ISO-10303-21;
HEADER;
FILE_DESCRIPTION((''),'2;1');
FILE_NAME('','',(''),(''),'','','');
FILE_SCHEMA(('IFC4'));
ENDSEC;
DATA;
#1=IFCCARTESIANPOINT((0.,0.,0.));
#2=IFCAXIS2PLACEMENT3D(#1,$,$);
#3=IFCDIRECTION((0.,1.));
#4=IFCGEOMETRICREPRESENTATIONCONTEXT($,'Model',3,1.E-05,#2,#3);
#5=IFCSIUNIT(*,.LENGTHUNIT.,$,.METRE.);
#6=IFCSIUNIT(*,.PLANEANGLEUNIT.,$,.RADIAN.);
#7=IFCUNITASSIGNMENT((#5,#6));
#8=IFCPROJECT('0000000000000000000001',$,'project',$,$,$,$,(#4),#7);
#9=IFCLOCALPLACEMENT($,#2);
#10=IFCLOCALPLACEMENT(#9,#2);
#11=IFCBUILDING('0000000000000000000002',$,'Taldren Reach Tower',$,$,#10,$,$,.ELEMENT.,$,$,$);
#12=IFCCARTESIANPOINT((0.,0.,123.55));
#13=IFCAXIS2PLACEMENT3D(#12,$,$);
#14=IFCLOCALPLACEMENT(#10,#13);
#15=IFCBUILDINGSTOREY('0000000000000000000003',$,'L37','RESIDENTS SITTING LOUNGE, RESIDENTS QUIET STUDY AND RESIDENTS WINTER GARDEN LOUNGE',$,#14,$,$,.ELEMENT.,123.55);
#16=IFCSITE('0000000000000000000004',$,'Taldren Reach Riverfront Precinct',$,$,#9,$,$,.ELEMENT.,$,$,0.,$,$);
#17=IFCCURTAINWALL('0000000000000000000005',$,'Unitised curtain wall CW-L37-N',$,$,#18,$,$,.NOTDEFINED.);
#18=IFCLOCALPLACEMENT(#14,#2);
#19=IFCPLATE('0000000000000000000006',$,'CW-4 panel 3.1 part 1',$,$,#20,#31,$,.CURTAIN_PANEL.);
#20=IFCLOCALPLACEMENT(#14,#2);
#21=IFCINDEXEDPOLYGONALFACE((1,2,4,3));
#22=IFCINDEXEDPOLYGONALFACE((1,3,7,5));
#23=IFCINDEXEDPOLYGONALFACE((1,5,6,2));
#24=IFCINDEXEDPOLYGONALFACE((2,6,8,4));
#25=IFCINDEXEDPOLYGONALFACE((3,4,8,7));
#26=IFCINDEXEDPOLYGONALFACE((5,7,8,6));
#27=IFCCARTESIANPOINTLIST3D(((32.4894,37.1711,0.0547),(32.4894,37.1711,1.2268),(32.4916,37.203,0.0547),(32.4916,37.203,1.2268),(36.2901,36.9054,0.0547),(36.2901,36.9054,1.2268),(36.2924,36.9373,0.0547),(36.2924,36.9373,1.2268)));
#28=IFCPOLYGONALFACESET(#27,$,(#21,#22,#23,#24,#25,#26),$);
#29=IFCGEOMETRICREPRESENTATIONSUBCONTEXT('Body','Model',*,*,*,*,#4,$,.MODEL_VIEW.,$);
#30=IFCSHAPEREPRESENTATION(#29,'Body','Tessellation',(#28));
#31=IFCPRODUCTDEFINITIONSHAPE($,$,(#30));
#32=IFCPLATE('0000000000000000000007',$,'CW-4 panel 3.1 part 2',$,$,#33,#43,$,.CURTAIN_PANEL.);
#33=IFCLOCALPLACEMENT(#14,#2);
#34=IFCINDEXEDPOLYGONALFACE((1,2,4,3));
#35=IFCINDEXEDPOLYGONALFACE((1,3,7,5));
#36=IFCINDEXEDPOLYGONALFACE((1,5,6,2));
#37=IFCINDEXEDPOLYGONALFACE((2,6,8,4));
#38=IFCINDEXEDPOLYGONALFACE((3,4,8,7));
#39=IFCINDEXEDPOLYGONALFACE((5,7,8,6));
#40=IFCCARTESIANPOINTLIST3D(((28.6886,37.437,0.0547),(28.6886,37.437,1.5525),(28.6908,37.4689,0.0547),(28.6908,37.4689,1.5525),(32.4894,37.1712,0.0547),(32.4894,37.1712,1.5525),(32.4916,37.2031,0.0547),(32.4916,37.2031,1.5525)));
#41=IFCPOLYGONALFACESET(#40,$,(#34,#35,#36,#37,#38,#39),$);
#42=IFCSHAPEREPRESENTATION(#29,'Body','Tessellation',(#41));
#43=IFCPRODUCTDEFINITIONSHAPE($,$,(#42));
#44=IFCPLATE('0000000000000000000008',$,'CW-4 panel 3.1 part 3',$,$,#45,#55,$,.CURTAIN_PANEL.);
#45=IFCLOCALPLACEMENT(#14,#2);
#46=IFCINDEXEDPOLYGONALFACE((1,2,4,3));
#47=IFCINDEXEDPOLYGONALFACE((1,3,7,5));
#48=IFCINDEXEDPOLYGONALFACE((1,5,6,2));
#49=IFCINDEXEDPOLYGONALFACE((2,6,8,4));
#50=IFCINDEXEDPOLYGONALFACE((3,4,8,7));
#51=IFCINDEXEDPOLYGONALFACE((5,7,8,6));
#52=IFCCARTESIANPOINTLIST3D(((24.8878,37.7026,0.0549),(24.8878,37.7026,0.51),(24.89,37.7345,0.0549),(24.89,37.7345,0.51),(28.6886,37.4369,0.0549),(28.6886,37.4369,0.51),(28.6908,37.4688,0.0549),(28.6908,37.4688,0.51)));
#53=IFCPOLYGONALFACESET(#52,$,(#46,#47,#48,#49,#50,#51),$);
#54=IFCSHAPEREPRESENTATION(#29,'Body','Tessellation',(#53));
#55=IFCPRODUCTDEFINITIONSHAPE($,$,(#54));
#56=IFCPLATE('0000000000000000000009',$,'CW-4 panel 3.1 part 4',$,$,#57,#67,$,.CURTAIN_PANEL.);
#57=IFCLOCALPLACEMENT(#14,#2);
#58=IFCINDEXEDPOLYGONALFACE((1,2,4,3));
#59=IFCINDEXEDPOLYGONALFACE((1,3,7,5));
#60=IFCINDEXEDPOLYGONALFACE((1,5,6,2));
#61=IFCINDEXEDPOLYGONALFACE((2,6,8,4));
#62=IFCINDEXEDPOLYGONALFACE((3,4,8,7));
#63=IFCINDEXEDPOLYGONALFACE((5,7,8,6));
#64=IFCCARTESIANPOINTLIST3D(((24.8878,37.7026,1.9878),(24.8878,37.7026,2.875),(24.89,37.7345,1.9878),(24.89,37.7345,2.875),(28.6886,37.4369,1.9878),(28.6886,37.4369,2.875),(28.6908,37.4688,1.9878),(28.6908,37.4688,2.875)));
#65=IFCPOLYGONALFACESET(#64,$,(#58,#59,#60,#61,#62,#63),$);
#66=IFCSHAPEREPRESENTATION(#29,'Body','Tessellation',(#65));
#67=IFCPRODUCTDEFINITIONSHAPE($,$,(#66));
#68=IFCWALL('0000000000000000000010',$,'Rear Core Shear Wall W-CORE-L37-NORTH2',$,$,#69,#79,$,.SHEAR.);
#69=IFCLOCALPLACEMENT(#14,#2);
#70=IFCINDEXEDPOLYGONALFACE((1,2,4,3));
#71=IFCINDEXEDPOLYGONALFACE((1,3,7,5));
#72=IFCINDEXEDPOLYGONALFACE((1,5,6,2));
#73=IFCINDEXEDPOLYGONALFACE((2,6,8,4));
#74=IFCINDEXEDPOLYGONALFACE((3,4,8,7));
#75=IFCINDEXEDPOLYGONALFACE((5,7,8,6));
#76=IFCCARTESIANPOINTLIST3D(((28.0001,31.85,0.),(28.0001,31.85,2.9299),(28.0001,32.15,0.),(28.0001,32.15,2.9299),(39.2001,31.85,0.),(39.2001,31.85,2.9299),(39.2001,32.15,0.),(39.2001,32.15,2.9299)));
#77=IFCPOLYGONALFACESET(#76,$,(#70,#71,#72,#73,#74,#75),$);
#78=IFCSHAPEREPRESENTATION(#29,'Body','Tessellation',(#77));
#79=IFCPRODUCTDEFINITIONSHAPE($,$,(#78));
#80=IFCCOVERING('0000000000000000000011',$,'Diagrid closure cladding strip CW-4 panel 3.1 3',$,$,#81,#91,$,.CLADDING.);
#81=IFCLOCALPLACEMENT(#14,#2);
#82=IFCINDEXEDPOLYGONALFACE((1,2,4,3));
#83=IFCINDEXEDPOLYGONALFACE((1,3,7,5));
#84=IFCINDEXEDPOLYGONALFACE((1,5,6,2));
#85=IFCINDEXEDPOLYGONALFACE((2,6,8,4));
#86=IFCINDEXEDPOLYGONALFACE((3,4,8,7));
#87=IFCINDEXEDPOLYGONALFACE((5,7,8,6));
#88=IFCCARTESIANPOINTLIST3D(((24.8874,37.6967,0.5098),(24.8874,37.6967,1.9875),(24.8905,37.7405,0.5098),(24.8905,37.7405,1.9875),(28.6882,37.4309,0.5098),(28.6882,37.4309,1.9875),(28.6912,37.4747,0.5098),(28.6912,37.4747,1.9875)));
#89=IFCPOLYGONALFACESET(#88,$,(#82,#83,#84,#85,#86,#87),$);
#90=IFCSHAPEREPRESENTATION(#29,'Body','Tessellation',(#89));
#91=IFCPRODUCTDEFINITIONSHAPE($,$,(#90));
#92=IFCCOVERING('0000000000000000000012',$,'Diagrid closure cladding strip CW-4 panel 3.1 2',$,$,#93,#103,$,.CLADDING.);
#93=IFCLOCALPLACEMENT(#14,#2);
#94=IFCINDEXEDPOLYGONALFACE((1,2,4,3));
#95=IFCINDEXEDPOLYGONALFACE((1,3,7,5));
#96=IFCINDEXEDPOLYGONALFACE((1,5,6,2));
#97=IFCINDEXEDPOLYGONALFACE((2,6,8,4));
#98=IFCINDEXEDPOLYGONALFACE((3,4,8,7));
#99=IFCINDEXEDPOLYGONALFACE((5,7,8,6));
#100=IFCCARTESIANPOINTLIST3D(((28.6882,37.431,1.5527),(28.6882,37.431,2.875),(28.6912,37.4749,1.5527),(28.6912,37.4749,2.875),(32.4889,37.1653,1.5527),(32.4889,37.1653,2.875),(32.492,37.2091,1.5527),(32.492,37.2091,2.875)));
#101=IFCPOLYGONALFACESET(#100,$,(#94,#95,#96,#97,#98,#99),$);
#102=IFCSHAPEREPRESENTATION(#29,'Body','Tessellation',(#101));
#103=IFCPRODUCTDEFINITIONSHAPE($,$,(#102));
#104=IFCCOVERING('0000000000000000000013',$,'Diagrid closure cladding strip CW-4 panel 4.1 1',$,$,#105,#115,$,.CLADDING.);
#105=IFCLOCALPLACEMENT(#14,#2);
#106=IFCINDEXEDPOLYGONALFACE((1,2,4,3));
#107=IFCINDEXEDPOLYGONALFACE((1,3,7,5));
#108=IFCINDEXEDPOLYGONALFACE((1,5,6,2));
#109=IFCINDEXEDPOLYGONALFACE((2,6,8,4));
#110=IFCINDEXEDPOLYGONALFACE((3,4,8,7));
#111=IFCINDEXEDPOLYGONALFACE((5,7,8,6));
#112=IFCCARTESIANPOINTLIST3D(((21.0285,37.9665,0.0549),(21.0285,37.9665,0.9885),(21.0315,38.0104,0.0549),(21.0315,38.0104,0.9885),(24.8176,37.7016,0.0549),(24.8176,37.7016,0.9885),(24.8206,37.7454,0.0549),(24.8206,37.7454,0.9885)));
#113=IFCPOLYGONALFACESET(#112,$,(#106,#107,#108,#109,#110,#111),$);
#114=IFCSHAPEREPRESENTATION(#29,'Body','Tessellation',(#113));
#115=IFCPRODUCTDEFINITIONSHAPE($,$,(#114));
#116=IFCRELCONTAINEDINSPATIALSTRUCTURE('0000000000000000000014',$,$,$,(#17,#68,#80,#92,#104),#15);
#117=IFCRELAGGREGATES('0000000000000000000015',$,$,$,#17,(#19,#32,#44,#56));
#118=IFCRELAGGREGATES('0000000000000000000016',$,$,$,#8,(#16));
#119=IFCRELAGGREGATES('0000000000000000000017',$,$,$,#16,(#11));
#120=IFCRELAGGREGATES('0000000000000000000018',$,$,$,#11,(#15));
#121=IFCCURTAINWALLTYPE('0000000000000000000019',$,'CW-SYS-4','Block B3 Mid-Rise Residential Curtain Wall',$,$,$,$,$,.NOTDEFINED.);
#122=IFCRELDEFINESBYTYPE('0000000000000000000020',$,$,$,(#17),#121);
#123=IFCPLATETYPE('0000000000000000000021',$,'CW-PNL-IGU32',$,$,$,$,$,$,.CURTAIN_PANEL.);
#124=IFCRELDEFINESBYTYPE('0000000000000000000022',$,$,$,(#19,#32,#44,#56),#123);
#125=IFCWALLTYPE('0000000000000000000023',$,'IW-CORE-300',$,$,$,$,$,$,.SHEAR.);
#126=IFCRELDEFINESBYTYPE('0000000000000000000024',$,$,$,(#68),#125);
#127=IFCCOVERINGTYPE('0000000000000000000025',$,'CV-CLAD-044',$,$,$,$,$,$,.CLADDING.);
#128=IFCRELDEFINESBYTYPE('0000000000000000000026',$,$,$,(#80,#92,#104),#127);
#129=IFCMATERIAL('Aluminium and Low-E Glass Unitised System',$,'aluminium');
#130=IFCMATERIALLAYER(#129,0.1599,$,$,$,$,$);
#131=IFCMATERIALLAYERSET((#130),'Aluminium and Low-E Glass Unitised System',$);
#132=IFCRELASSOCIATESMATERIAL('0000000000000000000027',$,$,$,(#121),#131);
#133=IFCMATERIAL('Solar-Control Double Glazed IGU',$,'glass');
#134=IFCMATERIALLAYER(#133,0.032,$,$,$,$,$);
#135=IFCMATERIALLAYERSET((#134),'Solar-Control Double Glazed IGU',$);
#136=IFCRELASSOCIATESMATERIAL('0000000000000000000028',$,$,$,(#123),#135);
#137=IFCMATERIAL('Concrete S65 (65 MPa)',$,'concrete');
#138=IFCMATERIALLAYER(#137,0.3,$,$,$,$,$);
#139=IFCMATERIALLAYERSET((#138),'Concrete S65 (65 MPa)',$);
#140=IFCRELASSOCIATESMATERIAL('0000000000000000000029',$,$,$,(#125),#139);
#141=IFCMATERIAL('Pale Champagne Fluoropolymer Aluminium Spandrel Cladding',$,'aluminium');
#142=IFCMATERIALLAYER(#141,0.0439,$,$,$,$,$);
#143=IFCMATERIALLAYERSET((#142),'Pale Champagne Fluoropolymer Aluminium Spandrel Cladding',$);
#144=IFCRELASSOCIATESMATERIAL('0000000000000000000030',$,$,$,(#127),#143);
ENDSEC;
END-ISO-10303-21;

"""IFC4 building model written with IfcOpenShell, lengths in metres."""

from ifc_helpers import new_model, si_unit, direction, frame, frame_2d, origin, origin_2d, place, context, subcontext, project, spatial, rectangle, extrude, source, transform, mapped, material, layer, layer_set, type_object, element, aggregate, save


model = new_model("IFC4")

# Units and contexts
model_context = context("Model", 3, precision=1e-05, world=origin(), true_north=direction((0.0, 1.0)))
body_context = subcontext(model_context, "Body", "Model", "MODEL_VIEW")
ifc_project = project(units=[si_unit("LENGTHUNIT", "METRE"), si_unit("PLANEANGLEUNIT", "RADIAN")], contexts=[model_context])

# Site, building, storey
site_placement = place(None, origin())
site = spatial("IfcSite", under=ifc_project, at=site_placement, Name="Taldren Reach Riverfront Precinct", CompositionType="ELEMENT", RefElevation=0.0)
building_placement = place(site_placement, origin())
building = spatial("IfcBuilding", under=site, at=building_placement, Name="Taldren Reach Tower", CompositionType="ELEMENT")
storey_placement = place(building_placement, frame((0.0, 0.0, 123.55)))
storey = spatial("IfcBuildingStorey", under=building, at=storey_placement, Name="L37", Description="RESIDENTS SITTING LOUNGE, RESIDENTS QUIET STUDY AND RESIDENTS WINTER GARDEN LOUNGE", CompositionType="ELEMENT", Elevation=123.55)

# Curtain wall
ifc_material_1 = material(Name="Aluminium and Low-E Glass Unitised System", Category="aluminium")
ifc_layer_1 = layer(ifc_material_1, 0.1599)
ifc_layer_set_1 = layer_set([ifc_layer_1], Name="Aluminium and Low-E Glass Unitised System")
curtain_wall_type = type_object("IfcCurtainWallType", Name="CW-SYS-4", Description="Block B3 Mid-Rise Residential Curtain Wall", PredefinedType="NOTDEFINED", material=ifc_layer_set_1)
curtain_wall_placement = place(storey_placement, origin())
curtain_wall = element("IfcCurtainWall", 1, at=curtain_wall_placement, inside=storey, type_object=curtain_wall_type, Name="Unitised curtain wall CW-L37-N", PredefinedType="NOTDEFINED")

# Plates
ifc_material_2 = material(Name="Solar-Control Double Glazed IGU", Category="glass")
ifc_layer_2 = layer(ifc_material_2, 0.032)
ifc_layer_set_2 = layer_set([ifc_layer_2], Name="Solar-Control Double Glazed IGU")
plate_type_1 = type_object("IfcPlateType", Name="CW-PNL-IGU32", PredefinedType="CURTAIN_PANEL", material=ifc_layer_set_2)
shared_shape_1 = source(origin(), body_context, "Body", "SweptSolid", [
    extrude(rectangle(XDim=3.8101, YDim=0.032, at=origin_2d()), origin(), (0.0, 0.0, 1.0), 1.1721),
])
plate_1_placement = place(storey_placement, frame((34.3909, 37.0542, 0.0547), z_axis=(0.0, 0.0, 1.0), x_axis=(-0.997564, 0.069757, 0.0)))
plate_1 = element("IfcPlate", 2, at=plate_1_placement, type_object=plate_type_1, Name="CW-4 panel 3.1 part 1", PredefinedType="CURTAIN_PANEL", context=body_context, shape_type="MappedRepresentation", body=[
    mapped(shared_shape_1, transform((0.0, 0.0, 0.0), scale=1.0)),
])
shared_shape_2 = source(origin(), body_context, "Body", "SweptSolid", [
    extrude(rectangle(XDim=3.8101, YDim=0.032, at=origin_2d()), origin(), (0.0, 0.0, 1.0), 1.4978),
])
plate_2_placement = place(storey_placement, frame((30.5901, 37.3201, 0.0547), z_axis=(0.0, 0.0, 1.0), x_axis=(-0.997564, 0.069757, 0.0)))
plate_2 = element("IfcPlate", 3, at=plate_2_placement, type_object=plate_type_1, Name="CW-4 panel 3.1 part 2", PredefinedType="CURTAIN_PANEL", context=body_context, shape_type="MappedRepresentation", body=[
    mapped(shared_shape_2, transform((0.0, 0.0, 0.0), scale=1.0)),
])
shared_shape_3 = source(origin(), body_context, "Body", "SweptSolid", [
    extrude(rectangle(XDim=3.8101, YDim=0.032, at=origin_2d()), origin(), (0.0, 0.0, 1.0), 0.4551),
])
plate_3_placement = place(storey_placement, frame((26.7893, 37.5857, 0.0549), z_axis=(0.0, 0.0, 1.0), x_axis=(-0.997564, 0.069757, 0.0)))
plate_3 = element("IfcPlate", 4, at=plate_3_placement, type_object=plate_type_1, Name="CW-4 panel 3.1 part 3", PredefinedType="CURTAIN_PANEL", context=body_context, shape_type="MappedRepresentation", body=[
    mapped(shared_shape_3, transform((0.0, 0.0, 0.0), scale=1.0)),
])
shared_shape_4 = source(origin(), body_context, "Body", "SweptSolid", [
    extrude(rectangle(XDim=3.8101, YDim=0.032, at=origin_2d()), origin(), (0.0, 0.0, 1.0), 0.8872),
])
plate_4_placement = place(storey_placement, frame((26.7893, 37.5857, 1.9878), z_axis=(0.0, 0.0, 1.0), x_axis=(-0.997564, 0.069757, 0.0)))
plate_4 = element("IfcPlate", 5, at=plate_4_placement, type_object=plate_type_1, Name="CW-4 panel 3.1 part 4", PredefinedType="CURTAIN_PANEL", context=body_context, shape_type="MappedRepresentation", body=[
    mapped(shared_shape_4, transform((0.0, 0.0, 0.0), scale=1.0)),
])
aggregate(curtain_wall, [plate_1, plate_2, plate_3, plate_4])

# Wall
ifc_material_3 = material(Name="Concrete S65 (65 MPa)", Category="concrete")
ifc_layer_3 = layer(ifc_material_3, 0.3)
ifc_layer_set_3 = layer_set([ifc_layer_3], Name="Concrete S65 (65 MPa)")
wall_type = type_object("IfcWallType", Name="IW-CORE-300", PredefinedType="SHEAR", material=ifc_layer_set_3)
shared_shape_5 = source(origin(), body_context, "Body", "SweptSolid", [
    extrude(rectangle(XDim=11.2, YDim=0.3, at=frame_2d((5.6001, 0.0))), origin(), (0.0, 0.0, 1.0), 2.9299),
])
wall_placement = place(storey_placement, frame((28.0, 32.0, 0.0), z_axis=(0.0, 0.0, 1.0), x_axis=(1.0, 0.0, 0.0)))
element("IfcWall", 6, at=wall_placement, inside=storey, type_object=wall_type, Name="Rear Core Shear Wall W-CORE-L37-NORTH2", PredefinedType="SHEAR", context=body_context, shape_type="MappedRepresentation", body=[
    mapped(shared_shape_5, transform((0.0, 0.0, 0.0), scale=1.0)),
])

# Coverings
ifc_material_4 = material(Name="Pale Champagne Fluoropolymer Aluminium Spandrel Cladding", Category="aluminium")
ifc_layer_4 = layer(ifc_material_4, 0.0439)
ifc_layer_set_4 = layer_set([ifc_layer_4], Name="Pale Champagne Fluoropolymer Aluminium Spandrel Cladding")
covering_type = type_object("IfcCoveringType", Name="CV-CLAD-044", PredefinedType="CLADDING", material=ifc_layer_set_4)
shared_shape_6 = source(origin(), body_context, "Body", "SweptSolid", [
    extrude(rectangle(XDim=3.8101, YDim=0.0439, at=origin_2d()), origin(), (0.0, 0.0, 1.0), 1.4778),
])
covering_1_placement = place(storey_placement, frame((26.7893, 37.5857, 0.5098), z_axis=(0.0, 0.0, 1.0), x_axis=(-0.997564, 0.069757, 0.0)))
element("IfcCovering", 7, at=covering_1_placement, inside=storey, type_object=covering_type, Name="Diagrid closure cladding strip CW-4 panel 3.1 3", PredefinedType="CLADDING", context=body_context, shape_type="MappedRepresentation", body=[
    mapped(shared_shape_6, transform((0.0, 0.0, 0.0), scale=1.0)),
])
shared_shape_7 = source(origin(), body_context, "Body", "SweptSolid", [
    extrude(rectangle(XDim=3.8101, YDim=0.0439, at=origin_2d()), origin(), (0.0, 0.0, 1.0), 1.3223),
])
covering_2_placement = place(storey_placement, frame((30.5901, 37.3201, 1.5527), z_axis=(0.0, 0.0, 1.0), x_axis=(-0.997564, 0.069757, 0.0)))
element("IfcCovering", 8, at=covering_2_placement, inside=storey, type_object=covering_type, Name="Diagrid closure cladding strip CW-4 panel 3.1 2", PredefinedType="CLADDING", context=body_context, shape_type="MappedRepresentation", body=[
    mapped(shared_shape_7, transform((0.0, 0.0, 0.0), scale=1.0)),
])
shared_shape_8 = source(origin(), body_context, "Body", "SweptSolid", [
    extrude(rectangle(XDim=3.7983, YDim=0.0439, at=origin_2d()), origin(), (0.0, 0.0, 1.0), 0.9336),
])
covering_3_placement = place(storey_placement, frame((22.9246, 37.856, 0.0549), z_axis=(0.0, 0.0, 1.0), x_axis=(-0.997564, 0.069757, 0.0)))
element("IfcCovering", 9, at=covering_3_placement, inside=storey, type_object=covering_type, Name="Diagrid closure cladding strip CW-4 panel 4.1 1", PredefinedType="CLADDING", context=body_context, shape_type="MappedRepresentation", body=[
    mapped(shared_shape_8, transform((0.0, 0.0, 0.0), scale=1.0)),
])

save(model, "model.ifc")
